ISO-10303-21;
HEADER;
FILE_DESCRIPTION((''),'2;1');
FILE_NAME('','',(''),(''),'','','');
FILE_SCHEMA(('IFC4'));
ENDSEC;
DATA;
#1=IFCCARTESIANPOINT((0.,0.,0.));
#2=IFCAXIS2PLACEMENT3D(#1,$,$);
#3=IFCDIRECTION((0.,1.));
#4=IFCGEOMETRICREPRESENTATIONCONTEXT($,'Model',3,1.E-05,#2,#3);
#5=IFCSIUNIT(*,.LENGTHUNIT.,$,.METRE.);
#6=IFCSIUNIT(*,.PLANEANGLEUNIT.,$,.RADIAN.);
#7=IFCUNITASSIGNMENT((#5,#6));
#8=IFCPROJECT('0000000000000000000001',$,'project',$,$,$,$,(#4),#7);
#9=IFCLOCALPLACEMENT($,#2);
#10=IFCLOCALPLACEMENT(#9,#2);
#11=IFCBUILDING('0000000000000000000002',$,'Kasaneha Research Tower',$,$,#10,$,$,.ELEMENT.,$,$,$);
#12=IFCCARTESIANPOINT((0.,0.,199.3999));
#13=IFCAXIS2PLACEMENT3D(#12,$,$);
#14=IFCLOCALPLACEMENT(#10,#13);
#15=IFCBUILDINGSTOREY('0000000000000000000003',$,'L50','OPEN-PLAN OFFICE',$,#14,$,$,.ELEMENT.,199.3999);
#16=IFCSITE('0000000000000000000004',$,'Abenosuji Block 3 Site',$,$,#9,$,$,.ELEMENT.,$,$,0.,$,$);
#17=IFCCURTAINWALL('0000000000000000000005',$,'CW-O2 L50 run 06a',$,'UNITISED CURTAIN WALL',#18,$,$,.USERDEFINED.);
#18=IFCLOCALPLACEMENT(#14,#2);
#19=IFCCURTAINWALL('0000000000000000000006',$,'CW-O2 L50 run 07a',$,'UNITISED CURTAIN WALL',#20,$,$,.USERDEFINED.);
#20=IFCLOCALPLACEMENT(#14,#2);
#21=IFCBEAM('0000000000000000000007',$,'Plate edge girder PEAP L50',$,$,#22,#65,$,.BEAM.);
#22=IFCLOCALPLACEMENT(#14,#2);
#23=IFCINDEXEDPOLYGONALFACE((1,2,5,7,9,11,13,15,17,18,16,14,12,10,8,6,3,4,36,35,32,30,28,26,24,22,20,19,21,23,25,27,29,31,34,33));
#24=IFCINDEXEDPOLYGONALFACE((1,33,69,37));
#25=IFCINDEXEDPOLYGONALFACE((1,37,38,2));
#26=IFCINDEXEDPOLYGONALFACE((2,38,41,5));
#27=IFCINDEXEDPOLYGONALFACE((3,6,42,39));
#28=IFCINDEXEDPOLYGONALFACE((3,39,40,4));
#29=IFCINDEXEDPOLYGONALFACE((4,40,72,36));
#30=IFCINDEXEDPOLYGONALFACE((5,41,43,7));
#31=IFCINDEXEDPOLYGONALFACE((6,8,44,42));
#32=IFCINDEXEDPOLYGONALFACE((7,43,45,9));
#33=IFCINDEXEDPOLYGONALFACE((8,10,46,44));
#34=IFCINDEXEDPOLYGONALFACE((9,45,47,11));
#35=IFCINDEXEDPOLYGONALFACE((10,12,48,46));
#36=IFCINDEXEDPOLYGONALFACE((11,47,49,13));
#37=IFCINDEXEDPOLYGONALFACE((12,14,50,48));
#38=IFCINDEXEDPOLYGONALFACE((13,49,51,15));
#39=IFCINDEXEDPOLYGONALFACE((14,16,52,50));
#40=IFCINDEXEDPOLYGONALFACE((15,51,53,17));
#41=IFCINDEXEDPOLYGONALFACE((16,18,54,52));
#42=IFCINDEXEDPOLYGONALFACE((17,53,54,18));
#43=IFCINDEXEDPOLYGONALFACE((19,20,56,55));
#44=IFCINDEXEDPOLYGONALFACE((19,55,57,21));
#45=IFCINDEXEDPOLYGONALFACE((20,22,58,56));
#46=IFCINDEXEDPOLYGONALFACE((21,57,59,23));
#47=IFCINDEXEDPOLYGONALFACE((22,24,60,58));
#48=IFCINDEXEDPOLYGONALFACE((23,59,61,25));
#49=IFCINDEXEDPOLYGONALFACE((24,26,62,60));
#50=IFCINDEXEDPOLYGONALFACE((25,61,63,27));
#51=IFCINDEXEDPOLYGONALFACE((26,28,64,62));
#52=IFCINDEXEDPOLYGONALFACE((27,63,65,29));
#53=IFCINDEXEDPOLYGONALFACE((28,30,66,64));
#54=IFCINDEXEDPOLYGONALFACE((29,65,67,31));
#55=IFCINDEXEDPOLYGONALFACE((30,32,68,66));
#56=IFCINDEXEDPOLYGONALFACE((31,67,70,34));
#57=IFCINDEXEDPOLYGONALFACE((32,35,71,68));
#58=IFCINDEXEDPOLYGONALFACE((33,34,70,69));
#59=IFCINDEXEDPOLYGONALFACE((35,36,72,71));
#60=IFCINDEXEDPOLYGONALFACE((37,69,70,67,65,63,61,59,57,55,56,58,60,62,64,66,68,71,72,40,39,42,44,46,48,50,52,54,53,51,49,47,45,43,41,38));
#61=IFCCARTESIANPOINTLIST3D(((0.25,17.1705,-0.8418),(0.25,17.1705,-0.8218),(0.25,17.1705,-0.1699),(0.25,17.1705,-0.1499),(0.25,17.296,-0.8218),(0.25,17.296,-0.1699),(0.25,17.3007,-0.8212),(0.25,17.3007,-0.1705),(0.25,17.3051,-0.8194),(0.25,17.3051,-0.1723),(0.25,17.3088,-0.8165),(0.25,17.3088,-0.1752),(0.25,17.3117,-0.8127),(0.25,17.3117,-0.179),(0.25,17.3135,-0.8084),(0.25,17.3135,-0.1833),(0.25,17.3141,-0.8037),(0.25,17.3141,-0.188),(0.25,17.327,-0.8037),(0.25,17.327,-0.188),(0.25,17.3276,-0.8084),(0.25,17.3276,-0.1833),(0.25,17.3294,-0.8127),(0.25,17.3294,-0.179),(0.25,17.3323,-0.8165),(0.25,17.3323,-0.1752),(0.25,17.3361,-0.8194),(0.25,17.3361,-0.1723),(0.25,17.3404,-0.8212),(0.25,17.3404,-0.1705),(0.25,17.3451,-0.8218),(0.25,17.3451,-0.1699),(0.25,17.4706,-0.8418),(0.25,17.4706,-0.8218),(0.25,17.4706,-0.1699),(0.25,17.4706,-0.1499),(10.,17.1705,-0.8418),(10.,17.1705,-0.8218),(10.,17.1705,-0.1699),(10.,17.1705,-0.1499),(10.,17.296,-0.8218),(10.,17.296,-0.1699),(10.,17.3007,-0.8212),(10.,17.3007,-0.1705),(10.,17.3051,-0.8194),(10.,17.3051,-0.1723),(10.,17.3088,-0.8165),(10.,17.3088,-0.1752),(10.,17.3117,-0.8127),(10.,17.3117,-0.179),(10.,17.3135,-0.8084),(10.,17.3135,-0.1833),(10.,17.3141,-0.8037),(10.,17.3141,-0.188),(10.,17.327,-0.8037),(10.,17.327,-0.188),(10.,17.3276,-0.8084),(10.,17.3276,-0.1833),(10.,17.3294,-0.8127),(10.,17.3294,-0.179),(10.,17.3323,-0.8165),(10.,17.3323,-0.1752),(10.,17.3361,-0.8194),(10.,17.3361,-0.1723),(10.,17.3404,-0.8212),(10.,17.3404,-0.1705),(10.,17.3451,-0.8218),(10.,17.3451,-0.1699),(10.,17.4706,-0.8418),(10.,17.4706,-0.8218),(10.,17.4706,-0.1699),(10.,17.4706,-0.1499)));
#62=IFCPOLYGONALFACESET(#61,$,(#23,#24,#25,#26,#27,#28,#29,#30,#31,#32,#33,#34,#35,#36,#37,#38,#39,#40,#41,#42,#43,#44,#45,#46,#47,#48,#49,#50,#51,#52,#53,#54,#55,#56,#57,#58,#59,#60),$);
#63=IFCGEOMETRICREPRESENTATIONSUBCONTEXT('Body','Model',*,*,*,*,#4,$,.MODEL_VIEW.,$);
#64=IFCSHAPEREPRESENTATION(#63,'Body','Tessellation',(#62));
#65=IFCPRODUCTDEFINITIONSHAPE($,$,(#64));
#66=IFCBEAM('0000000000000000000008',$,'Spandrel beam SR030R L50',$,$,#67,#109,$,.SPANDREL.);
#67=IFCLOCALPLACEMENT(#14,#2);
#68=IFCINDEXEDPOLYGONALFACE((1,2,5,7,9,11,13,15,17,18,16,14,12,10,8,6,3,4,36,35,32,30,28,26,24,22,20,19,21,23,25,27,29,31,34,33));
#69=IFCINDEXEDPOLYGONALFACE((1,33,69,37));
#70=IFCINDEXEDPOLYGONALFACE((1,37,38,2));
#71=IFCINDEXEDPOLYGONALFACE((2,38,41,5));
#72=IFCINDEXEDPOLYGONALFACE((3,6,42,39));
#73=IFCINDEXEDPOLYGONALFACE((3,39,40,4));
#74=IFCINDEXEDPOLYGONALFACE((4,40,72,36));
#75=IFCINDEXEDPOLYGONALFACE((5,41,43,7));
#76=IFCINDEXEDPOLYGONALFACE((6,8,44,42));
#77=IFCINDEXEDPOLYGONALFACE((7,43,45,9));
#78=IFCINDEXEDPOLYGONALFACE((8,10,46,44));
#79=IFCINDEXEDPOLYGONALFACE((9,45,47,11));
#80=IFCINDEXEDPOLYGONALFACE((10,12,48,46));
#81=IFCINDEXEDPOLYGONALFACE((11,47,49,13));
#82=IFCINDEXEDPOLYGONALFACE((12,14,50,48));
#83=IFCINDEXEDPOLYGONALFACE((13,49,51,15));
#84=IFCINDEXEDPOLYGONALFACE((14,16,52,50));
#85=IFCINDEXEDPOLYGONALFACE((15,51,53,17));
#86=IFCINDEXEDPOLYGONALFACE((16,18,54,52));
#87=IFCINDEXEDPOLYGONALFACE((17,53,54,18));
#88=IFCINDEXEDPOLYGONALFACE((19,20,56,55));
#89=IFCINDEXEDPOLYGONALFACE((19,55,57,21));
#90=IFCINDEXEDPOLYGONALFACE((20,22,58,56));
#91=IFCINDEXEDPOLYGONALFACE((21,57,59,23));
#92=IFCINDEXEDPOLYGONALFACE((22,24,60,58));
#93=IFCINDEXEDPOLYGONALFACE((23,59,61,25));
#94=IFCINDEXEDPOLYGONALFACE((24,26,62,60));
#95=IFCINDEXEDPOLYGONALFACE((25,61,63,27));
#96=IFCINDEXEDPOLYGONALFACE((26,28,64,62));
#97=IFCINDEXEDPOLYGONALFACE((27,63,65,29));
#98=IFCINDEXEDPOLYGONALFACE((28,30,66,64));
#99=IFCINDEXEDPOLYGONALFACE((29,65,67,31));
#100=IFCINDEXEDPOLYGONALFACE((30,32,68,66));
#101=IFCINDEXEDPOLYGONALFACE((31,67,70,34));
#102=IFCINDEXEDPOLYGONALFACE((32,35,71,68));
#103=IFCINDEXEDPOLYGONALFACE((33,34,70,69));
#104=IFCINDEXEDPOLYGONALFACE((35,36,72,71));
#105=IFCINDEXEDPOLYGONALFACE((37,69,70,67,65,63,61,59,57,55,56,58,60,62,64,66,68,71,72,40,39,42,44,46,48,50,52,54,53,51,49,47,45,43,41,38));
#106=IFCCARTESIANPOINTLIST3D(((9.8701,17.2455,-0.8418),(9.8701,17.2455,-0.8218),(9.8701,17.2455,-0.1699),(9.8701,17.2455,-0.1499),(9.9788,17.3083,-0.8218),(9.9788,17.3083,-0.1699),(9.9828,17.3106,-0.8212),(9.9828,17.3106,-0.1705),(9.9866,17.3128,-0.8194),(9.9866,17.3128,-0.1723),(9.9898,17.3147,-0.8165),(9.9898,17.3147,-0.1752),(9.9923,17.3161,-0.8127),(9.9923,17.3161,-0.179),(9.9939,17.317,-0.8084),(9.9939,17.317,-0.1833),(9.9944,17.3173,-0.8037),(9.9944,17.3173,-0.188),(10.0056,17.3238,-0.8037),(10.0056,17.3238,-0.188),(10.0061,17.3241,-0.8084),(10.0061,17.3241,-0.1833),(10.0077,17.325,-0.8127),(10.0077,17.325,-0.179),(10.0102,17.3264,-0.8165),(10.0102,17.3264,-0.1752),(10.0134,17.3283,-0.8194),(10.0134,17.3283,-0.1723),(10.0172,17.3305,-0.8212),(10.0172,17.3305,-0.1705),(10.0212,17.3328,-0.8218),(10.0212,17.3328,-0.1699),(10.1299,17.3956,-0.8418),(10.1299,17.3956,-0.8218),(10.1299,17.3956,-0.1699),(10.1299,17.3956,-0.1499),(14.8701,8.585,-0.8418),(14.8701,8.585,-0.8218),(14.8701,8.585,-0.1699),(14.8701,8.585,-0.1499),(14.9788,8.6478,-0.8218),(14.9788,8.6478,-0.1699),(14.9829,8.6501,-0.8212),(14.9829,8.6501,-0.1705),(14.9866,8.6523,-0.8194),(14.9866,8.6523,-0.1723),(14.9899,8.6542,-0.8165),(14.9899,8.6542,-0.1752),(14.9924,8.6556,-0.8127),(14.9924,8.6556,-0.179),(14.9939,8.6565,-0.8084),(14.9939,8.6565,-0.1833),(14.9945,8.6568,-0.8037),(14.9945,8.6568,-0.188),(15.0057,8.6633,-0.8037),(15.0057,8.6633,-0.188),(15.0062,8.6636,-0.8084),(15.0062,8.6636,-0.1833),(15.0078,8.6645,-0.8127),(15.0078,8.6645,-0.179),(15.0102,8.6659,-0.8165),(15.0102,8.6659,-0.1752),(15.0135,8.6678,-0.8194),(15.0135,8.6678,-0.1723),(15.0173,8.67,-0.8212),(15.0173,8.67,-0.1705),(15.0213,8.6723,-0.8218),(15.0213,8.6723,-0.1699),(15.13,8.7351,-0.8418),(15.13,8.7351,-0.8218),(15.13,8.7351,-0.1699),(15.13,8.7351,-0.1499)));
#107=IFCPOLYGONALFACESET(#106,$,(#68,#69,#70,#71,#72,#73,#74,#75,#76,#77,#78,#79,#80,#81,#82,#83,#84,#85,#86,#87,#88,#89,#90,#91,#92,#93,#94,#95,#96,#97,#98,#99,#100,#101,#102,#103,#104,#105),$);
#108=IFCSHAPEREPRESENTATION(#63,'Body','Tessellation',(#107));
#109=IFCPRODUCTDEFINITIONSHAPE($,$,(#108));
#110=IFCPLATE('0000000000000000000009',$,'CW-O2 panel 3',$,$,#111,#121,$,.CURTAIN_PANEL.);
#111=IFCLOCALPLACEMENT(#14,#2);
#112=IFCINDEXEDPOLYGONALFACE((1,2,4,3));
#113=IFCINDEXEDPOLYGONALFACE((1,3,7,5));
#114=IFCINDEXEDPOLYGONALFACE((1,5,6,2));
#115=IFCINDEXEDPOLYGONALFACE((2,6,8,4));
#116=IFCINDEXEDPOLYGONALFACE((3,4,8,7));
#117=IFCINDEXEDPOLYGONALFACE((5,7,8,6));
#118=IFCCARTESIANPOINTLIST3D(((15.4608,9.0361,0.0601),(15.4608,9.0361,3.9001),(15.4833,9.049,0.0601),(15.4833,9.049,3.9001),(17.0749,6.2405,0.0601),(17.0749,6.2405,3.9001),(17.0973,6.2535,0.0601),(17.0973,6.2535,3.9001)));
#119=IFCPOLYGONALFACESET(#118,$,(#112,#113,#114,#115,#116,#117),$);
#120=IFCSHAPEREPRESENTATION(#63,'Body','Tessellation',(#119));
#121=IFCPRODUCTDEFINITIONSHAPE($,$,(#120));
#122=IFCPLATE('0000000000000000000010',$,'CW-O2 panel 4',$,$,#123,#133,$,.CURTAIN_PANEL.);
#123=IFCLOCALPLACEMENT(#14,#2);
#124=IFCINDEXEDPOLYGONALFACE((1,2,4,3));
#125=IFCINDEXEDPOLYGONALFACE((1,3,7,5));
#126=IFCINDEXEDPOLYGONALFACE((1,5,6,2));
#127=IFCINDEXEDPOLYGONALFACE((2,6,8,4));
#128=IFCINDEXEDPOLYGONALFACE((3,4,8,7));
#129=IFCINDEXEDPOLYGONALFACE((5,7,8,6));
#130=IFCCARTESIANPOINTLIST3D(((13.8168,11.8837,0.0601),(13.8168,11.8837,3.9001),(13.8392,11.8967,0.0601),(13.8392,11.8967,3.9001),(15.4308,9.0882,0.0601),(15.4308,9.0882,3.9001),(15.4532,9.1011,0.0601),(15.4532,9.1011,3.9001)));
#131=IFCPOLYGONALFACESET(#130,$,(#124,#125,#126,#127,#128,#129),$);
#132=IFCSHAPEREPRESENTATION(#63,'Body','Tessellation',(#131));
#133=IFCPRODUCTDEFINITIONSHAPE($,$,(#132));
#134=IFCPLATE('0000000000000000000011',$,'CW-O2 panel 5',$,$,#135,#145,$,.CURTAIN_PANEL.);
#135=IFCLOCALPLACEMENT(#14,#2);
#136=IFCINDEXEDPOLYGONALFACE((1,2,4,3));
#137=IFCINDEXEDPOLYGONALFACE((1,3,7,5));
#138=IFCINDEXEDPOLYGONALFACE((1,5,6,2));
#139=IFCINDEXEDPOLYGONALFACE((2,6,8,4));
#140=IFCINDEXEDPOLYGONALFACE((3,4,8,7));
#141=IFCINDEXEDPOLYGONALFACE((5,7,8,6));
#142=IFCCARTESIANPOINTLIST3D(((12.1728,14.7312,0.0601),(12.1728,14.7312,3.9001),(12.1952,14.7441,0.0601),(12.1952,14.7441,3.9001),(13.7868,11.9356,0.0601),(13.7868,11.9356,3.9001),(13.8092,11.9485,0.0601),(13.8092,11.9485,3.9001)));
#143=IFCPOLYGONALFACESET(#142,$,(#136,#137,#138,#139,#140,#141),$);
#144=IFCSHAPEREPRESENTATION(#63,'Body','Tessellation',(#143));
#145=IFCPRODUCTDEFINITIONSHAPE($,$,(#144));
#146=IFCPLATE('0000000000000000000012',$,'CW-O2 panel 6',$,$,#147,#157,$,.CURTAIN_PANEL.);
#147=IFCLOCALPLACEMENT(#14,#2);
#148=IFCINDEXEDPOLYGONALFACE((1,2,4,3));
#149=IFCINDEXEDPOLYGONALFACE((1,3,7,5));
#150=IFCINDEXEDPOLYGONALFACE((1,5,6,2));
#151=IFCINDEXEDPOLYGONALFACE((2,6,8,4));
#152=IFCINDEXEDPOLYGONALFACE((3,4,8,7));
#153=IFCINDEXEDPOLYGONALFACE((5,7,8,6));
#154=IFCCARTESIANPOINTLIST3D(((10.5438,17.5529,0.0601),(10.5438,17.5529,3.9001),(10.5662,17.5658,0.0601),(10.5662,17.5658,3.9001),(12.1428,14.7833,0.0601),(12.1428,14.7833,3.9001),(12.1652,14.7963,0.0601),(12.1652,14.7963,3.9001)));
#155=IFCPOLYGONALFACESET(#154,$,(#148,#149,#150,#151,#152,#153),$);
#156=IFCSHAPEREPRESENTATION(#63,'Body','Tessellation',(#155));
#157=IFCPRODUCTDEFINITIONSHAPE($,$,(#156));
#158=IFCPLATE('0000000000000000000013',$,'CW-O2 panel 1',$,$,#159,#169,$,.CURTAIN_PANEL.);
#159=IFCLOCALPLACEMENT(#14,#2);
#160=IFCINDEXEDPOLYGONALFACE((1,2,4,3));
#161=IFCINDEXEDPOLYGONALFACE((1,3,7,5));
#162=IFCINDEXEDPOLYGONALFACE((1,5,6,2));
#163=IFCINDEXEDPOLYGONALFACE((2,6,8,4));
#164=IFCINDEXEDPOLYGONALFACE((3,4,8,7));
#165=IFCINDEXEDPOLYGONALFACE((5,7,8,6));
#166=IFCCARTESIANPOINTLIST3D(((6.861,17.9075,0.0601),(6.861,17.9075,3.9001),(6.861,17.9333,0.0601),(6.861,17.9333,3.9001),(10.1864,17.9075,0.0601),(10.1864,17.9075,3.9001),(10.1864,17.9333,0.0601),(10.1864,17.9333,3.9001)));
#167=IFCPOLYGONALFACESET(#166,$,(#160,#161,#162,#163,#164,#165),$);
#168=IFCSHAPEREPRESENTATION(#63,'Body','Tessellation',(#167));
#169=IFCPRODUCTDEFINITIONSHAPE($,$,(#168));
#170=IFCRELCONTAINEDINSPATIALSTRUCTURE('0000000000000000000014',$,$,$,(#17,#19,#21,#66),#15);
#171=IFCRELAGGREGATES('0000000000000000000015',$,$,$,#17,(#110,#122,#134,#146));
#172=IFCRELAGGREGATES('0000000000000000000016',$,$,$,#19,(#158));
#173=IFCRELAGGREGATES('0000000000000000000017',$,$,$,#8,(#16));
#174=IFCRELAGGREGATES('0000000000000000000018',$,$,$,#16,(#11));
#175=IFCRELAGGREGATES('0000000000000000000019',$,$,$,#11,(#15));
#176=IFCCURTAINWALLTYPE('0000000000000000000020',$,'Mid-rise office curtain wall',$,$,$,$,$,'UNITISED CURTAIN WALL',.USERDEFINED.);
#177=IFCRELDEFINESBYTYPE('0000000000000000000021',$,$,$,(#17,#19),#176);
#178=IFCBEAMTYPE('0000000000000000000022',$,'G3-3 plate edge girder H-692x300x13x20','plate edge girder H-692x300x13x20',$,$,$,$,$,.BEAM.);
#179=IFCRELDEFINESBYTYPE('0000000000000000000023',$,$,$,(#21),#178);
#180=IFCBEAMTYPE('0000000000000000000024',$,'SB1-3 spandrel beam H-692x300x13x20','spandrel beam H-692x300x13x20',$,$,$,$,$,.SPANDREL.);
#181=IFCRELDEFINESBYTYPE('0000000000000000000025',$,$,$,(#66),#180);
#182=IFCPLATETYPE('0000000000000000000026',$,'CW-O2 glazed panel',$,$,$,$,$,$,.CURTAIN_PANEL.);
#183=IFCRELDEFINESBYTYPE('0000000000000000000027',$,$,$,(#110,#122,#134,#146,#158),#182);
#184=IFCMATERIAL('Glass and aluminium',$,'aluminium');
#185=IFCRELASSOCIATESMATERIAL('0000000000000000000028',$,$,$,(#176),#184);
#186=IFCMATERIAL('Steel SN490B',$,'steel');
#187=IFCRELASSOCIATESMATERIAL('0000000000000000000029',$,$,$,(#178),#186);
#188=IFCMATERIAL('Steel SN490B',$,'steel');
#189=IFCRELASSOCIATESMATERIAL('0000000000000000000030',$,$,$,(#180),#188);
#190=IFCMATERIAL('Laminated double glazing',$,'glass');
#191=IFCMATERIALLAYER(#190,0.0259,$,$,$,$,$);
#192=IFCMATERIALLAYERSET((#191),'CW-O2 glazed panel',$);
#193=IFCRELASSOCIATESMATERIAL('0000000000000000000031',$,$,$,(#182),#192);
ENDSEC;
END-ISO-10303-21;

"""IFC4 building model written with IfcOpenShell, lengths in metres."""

from ifc_helpers import new_model, si_unit, direction, frame, origin, origin_2d, place, context, subcontext, project, spatial, rectangle, i_section, extrude, material, layer, layer_set, material_profile, profile_set, type_object, element, aggregate, save


model = new_model("IFC4")

# Units and contexts
model_context = context("Model", 3, precision=1e-05, world=origin(), true_north=direction((0.0, 1.0)))
body_context = subcontext(model_context, "Body", "Model", "MODEL_VIEW")
ifc_project = project(units=[si_unit("LENGTHUNIT", "METRE"), si_unit("PLANEANGLEUNIT", "RADIAN")], contexts=[model_context])

# Site, building, storey
site_placement = place(None, origin())
site = spatial("IfcSite", under=ifc_project, at=site_placement, Name="Abenosuji Block 3 Site", CompositionType="ELEMENT", RefElevation=0.0)
building_placement = place(site_placement, origin())
building = spatial("IfcBuilding", under=site, at=building_placement, Name="Kasaneha Research Tower", CompositionType="ELEMENT")
storey_placement = place(building_placement, frame((0.0, 0.0, 199.3999)))
storey = spatial("IfcBuildingStorey", under=building, at=storey_placement, Name="L50", Description="OPEN-PLAN OFFICE", CompositionType="ELEMENT", Elevation=199.3999)

# Curtain wall
ifc_material_1 = material(Name="Glass and aluminium", Category="aluminium")
curtain_wall_type = type_object("IfcCurtainWallType", Name="Mid-rise office curtain wall", ElementType="UNITISED CURTAIN WALL", PredefinedType="USERDEFINED", material=ifc_material_1)
curtain_wall_1_placement = place(storey_placement, origin())
curtain_wall_1 = element("IfcCurtainWall", 1, at=curtain_wall_1_placement, inside=storey, type_object=curtain_wall_type, Name="CW-O2 L50 run 06a", ObjectType="UNITISED CURTAIN WALL", PredefinedType="USERDEFINED")

# Curtain wall
curtain_wall_2_placement = place(storey_placement, origin())
curtain_wall_2 = element("IfcCurtainWall", 2, at=curtain_wall_2_placement, inside=storey, type_object=curtain_wall_type, Name="CW-O2 L50 run 07a", ObjectType="UNITISED CURTAIN WALL", PredefinedType="USERDEFINED")

# Beams
ifc_material_2 = material(Name="Steel SN490B", Category="steel")
ifc_material_profile_1 = material_profile(ifc_material_2, i_section(OverallWidth=0.3, OverallDepth=0.6919, WebThickness=0.0129, FlangeThickness=0.02, FilletRadius=0.0181, at=origin_2d()), Name="H-692x300x13x20")
ifc_profile_set_1 = profile_set([ifc_material_profile_1], Name="Steel SN490B")
beam_type_1 = type_object("IfcBeamType", Name="G3-3 plate edge girder H-692x300x13x20", Description="plate edge girder H-692x300x13x20", PredefinedType="BEAM", material=ifc_profile_set_1)
beam_1_placement = place(storey_placement, frame((10.0, 17.3206, -0.4958), z_axis=(-1.0, 0.0, 0.0), x_axis=(0.0, -1.0, 0.0)))
element("IfcBeam", 3, at=beam_1_placement, inside=storey, type_object=beam_type_1, Name="Plate edge girder PEAP L50", PredefinedType="BEAM", context=body_context, shape_type="SweptSolid", body=[
    extrude(i_section(OverallWidth=0.3, OverallDepth=0.6919, WebThickness=0.0129, FlangeThickness=0.02, FilletRadius=0.0181, at=origin_2d()), origin(), (0.0, 0.0, 1.0), 9.75),
])
ifc_material_3 = material(Name="Steel SN490B", Category="steel")
ifc_material_profile_2 = material_profile(ifc_material_3, i_section(OverallWidth=0.3, OverallDepth=0.6919, WebThickness=0.0129, FlangeThickness=0.02, FilletRadius=0.0181, at=origin_2d()), Name="H-692x300x13x20")
ifc_profile_set_2 = profile_set([ifc_material_profile_2], Name="Steel SN490B")
beam_type_2 = type_object("IfcBeamType", Name="SB1-3 spandrel beam H-692x300x13x20", Description="spandrel beam H-692x300x13x20", PredefinedType="SPANDREL", material=ifc_profile_set_2)
beam_2_placement = place(storey_placement, frame((10.0, 17.3206, -0.4958), z_axis=(0.499994, -0.866029, 0.0), x_axis=(0.866029, 0.499994, 0.0)))
element("IfcBeam", 4, at=beam_2_placement, inside=storey, type_object=beam_type_2, Name="Spandrel beam SR030R L50", PredefinedType="SPANDREL", context=body_context, shape_type="SweptSolid", body=[
    extrude(i_section(OverallWidth=0.3, OverallDepth=0.6919, WebThickness=0.0129, FlangeThickness=0.02, FilletRadius=0.0181, at=origin_2d()), origin(), (0.0, 0.0, 1.0), 10.0002),
])

# Plates
ifc_material_4 = material(Name="Laminated double glazing", Category="glass")
ifc_layer_1 = layer(ifc_material_4, 0.0259)
ifc_layer_set_1 = layer_set([ifc_layer_1], Name="CW-O2 glazed panel")
plate_type = type_object("IfcPlateType", Name="CW-O2 glazed panel", PredefinedType="CURTAIN_PANEL", material=ifc_layer_set_1)
plate_1_placement = place(storey_placement, frame((16.2791, 7.6448, 0.0601), z_axis=(0.0, 0.0, 1.0), x_axis=(-0.5, 0.866025, 0.0)))
plate_1 = element("IfcPlate", 5, at=plate_1_placement, type_object=plate_type, Name="CW-O2 panel 3", PredefinedType="CURTAIN_PANEL", context=body_context, shape_type="SweptSolid", body=[
    extrude(rectangle(XDim=3.228, YDim=0.0259, at=origin_2d()), origin(), (0.0, 0.0, 1.0), 3.8401),
])
plate_2_placement = place(storey_placement, frame((14.635, 10.4924, 0.0601), z_axis=(0.0, 0.0, 1.0), x_axis=(-0.5, 0.866025, 0.0)))
plate_2 = element("IfcPlate", 6, at=plate_2_placement, type_object=plate_type, Name="CW-O2 panel 4", PredefinedType="CURTAIN_PANEL", context=body_context, shape_type="SweptSolid", body=[
    extrude(rectangle(XDim=3.228, YDim=0.0259, at=origin_2d()), origin(), (0.0, 0.0, 1.0), 3.8401),
])
plate_3_placement = place(storey_placement, frame((12.991, 13.3398, 0.0601), z_axis=(0.0, 0.0, 1.0), x_axis=(-0.5, 0.866025, 0.0)))
plate_3 = element("IfcPlate", 7, at=plate_3_placement, type_object=plate_type, Name="CW-O2 panel 5", PredefinedType="CURTAIN_PANEL", context=body_context, shape_type="SweptSolid", body=[
    extrude(rectangle(XDim=3.228, YDim=0.0259, at=origin_2d()), origin(), (0.0, 0.0, 1.0), 3.8401),
])
plate_4_placement = place(storey_placement, frame((11.3545, 16.1746, 0.0601), z_axis=(0.0, 0.0, 1.0), x_axis=(-0.5, 0.866025, 0.0)))
plate_4 = element("IfcPlate", 8, at=plate_4_placement, type_object=plate_type, Name="CW-O2 panel 6", PredefinedType="CURTAIN_PANEL", context=body_context, shape_type="SweptSolid", body=[
    extrude(rectangle(XDim=3.198, YDim=0.0259, at=origin_2d()), origin(), (0.0, 0.0, 1.0), 3.8401),
])
aggregate(curtain_wall_1, [plate_1, plate_2, plate_3, plate_4])
plate_5_placement = place(storey_placement, frame((8.5237, 17.9204, 0.0601), z_axis=(0.0, 0.0, 1.0), x_axis=(-1.0, 0.0, 0.0)))
plate_5 = element("IfcPlate", 9, at=plate_5_placement, type_object=plate_type, Name="CW-O2 panel 1", PredefinedType="CURTAIN_PANEL", context=body_context, shape_type="SweptSolid", body=[
    extrude(rectangle(XDim=3.3254, YDim=0.0259, at=origin_2d()), origin(), (0.0, 0.0, 1.0), 3.8401),
])
aggregate(curtain_wall_2, [plate_5])

save(model, "model.ifc")
